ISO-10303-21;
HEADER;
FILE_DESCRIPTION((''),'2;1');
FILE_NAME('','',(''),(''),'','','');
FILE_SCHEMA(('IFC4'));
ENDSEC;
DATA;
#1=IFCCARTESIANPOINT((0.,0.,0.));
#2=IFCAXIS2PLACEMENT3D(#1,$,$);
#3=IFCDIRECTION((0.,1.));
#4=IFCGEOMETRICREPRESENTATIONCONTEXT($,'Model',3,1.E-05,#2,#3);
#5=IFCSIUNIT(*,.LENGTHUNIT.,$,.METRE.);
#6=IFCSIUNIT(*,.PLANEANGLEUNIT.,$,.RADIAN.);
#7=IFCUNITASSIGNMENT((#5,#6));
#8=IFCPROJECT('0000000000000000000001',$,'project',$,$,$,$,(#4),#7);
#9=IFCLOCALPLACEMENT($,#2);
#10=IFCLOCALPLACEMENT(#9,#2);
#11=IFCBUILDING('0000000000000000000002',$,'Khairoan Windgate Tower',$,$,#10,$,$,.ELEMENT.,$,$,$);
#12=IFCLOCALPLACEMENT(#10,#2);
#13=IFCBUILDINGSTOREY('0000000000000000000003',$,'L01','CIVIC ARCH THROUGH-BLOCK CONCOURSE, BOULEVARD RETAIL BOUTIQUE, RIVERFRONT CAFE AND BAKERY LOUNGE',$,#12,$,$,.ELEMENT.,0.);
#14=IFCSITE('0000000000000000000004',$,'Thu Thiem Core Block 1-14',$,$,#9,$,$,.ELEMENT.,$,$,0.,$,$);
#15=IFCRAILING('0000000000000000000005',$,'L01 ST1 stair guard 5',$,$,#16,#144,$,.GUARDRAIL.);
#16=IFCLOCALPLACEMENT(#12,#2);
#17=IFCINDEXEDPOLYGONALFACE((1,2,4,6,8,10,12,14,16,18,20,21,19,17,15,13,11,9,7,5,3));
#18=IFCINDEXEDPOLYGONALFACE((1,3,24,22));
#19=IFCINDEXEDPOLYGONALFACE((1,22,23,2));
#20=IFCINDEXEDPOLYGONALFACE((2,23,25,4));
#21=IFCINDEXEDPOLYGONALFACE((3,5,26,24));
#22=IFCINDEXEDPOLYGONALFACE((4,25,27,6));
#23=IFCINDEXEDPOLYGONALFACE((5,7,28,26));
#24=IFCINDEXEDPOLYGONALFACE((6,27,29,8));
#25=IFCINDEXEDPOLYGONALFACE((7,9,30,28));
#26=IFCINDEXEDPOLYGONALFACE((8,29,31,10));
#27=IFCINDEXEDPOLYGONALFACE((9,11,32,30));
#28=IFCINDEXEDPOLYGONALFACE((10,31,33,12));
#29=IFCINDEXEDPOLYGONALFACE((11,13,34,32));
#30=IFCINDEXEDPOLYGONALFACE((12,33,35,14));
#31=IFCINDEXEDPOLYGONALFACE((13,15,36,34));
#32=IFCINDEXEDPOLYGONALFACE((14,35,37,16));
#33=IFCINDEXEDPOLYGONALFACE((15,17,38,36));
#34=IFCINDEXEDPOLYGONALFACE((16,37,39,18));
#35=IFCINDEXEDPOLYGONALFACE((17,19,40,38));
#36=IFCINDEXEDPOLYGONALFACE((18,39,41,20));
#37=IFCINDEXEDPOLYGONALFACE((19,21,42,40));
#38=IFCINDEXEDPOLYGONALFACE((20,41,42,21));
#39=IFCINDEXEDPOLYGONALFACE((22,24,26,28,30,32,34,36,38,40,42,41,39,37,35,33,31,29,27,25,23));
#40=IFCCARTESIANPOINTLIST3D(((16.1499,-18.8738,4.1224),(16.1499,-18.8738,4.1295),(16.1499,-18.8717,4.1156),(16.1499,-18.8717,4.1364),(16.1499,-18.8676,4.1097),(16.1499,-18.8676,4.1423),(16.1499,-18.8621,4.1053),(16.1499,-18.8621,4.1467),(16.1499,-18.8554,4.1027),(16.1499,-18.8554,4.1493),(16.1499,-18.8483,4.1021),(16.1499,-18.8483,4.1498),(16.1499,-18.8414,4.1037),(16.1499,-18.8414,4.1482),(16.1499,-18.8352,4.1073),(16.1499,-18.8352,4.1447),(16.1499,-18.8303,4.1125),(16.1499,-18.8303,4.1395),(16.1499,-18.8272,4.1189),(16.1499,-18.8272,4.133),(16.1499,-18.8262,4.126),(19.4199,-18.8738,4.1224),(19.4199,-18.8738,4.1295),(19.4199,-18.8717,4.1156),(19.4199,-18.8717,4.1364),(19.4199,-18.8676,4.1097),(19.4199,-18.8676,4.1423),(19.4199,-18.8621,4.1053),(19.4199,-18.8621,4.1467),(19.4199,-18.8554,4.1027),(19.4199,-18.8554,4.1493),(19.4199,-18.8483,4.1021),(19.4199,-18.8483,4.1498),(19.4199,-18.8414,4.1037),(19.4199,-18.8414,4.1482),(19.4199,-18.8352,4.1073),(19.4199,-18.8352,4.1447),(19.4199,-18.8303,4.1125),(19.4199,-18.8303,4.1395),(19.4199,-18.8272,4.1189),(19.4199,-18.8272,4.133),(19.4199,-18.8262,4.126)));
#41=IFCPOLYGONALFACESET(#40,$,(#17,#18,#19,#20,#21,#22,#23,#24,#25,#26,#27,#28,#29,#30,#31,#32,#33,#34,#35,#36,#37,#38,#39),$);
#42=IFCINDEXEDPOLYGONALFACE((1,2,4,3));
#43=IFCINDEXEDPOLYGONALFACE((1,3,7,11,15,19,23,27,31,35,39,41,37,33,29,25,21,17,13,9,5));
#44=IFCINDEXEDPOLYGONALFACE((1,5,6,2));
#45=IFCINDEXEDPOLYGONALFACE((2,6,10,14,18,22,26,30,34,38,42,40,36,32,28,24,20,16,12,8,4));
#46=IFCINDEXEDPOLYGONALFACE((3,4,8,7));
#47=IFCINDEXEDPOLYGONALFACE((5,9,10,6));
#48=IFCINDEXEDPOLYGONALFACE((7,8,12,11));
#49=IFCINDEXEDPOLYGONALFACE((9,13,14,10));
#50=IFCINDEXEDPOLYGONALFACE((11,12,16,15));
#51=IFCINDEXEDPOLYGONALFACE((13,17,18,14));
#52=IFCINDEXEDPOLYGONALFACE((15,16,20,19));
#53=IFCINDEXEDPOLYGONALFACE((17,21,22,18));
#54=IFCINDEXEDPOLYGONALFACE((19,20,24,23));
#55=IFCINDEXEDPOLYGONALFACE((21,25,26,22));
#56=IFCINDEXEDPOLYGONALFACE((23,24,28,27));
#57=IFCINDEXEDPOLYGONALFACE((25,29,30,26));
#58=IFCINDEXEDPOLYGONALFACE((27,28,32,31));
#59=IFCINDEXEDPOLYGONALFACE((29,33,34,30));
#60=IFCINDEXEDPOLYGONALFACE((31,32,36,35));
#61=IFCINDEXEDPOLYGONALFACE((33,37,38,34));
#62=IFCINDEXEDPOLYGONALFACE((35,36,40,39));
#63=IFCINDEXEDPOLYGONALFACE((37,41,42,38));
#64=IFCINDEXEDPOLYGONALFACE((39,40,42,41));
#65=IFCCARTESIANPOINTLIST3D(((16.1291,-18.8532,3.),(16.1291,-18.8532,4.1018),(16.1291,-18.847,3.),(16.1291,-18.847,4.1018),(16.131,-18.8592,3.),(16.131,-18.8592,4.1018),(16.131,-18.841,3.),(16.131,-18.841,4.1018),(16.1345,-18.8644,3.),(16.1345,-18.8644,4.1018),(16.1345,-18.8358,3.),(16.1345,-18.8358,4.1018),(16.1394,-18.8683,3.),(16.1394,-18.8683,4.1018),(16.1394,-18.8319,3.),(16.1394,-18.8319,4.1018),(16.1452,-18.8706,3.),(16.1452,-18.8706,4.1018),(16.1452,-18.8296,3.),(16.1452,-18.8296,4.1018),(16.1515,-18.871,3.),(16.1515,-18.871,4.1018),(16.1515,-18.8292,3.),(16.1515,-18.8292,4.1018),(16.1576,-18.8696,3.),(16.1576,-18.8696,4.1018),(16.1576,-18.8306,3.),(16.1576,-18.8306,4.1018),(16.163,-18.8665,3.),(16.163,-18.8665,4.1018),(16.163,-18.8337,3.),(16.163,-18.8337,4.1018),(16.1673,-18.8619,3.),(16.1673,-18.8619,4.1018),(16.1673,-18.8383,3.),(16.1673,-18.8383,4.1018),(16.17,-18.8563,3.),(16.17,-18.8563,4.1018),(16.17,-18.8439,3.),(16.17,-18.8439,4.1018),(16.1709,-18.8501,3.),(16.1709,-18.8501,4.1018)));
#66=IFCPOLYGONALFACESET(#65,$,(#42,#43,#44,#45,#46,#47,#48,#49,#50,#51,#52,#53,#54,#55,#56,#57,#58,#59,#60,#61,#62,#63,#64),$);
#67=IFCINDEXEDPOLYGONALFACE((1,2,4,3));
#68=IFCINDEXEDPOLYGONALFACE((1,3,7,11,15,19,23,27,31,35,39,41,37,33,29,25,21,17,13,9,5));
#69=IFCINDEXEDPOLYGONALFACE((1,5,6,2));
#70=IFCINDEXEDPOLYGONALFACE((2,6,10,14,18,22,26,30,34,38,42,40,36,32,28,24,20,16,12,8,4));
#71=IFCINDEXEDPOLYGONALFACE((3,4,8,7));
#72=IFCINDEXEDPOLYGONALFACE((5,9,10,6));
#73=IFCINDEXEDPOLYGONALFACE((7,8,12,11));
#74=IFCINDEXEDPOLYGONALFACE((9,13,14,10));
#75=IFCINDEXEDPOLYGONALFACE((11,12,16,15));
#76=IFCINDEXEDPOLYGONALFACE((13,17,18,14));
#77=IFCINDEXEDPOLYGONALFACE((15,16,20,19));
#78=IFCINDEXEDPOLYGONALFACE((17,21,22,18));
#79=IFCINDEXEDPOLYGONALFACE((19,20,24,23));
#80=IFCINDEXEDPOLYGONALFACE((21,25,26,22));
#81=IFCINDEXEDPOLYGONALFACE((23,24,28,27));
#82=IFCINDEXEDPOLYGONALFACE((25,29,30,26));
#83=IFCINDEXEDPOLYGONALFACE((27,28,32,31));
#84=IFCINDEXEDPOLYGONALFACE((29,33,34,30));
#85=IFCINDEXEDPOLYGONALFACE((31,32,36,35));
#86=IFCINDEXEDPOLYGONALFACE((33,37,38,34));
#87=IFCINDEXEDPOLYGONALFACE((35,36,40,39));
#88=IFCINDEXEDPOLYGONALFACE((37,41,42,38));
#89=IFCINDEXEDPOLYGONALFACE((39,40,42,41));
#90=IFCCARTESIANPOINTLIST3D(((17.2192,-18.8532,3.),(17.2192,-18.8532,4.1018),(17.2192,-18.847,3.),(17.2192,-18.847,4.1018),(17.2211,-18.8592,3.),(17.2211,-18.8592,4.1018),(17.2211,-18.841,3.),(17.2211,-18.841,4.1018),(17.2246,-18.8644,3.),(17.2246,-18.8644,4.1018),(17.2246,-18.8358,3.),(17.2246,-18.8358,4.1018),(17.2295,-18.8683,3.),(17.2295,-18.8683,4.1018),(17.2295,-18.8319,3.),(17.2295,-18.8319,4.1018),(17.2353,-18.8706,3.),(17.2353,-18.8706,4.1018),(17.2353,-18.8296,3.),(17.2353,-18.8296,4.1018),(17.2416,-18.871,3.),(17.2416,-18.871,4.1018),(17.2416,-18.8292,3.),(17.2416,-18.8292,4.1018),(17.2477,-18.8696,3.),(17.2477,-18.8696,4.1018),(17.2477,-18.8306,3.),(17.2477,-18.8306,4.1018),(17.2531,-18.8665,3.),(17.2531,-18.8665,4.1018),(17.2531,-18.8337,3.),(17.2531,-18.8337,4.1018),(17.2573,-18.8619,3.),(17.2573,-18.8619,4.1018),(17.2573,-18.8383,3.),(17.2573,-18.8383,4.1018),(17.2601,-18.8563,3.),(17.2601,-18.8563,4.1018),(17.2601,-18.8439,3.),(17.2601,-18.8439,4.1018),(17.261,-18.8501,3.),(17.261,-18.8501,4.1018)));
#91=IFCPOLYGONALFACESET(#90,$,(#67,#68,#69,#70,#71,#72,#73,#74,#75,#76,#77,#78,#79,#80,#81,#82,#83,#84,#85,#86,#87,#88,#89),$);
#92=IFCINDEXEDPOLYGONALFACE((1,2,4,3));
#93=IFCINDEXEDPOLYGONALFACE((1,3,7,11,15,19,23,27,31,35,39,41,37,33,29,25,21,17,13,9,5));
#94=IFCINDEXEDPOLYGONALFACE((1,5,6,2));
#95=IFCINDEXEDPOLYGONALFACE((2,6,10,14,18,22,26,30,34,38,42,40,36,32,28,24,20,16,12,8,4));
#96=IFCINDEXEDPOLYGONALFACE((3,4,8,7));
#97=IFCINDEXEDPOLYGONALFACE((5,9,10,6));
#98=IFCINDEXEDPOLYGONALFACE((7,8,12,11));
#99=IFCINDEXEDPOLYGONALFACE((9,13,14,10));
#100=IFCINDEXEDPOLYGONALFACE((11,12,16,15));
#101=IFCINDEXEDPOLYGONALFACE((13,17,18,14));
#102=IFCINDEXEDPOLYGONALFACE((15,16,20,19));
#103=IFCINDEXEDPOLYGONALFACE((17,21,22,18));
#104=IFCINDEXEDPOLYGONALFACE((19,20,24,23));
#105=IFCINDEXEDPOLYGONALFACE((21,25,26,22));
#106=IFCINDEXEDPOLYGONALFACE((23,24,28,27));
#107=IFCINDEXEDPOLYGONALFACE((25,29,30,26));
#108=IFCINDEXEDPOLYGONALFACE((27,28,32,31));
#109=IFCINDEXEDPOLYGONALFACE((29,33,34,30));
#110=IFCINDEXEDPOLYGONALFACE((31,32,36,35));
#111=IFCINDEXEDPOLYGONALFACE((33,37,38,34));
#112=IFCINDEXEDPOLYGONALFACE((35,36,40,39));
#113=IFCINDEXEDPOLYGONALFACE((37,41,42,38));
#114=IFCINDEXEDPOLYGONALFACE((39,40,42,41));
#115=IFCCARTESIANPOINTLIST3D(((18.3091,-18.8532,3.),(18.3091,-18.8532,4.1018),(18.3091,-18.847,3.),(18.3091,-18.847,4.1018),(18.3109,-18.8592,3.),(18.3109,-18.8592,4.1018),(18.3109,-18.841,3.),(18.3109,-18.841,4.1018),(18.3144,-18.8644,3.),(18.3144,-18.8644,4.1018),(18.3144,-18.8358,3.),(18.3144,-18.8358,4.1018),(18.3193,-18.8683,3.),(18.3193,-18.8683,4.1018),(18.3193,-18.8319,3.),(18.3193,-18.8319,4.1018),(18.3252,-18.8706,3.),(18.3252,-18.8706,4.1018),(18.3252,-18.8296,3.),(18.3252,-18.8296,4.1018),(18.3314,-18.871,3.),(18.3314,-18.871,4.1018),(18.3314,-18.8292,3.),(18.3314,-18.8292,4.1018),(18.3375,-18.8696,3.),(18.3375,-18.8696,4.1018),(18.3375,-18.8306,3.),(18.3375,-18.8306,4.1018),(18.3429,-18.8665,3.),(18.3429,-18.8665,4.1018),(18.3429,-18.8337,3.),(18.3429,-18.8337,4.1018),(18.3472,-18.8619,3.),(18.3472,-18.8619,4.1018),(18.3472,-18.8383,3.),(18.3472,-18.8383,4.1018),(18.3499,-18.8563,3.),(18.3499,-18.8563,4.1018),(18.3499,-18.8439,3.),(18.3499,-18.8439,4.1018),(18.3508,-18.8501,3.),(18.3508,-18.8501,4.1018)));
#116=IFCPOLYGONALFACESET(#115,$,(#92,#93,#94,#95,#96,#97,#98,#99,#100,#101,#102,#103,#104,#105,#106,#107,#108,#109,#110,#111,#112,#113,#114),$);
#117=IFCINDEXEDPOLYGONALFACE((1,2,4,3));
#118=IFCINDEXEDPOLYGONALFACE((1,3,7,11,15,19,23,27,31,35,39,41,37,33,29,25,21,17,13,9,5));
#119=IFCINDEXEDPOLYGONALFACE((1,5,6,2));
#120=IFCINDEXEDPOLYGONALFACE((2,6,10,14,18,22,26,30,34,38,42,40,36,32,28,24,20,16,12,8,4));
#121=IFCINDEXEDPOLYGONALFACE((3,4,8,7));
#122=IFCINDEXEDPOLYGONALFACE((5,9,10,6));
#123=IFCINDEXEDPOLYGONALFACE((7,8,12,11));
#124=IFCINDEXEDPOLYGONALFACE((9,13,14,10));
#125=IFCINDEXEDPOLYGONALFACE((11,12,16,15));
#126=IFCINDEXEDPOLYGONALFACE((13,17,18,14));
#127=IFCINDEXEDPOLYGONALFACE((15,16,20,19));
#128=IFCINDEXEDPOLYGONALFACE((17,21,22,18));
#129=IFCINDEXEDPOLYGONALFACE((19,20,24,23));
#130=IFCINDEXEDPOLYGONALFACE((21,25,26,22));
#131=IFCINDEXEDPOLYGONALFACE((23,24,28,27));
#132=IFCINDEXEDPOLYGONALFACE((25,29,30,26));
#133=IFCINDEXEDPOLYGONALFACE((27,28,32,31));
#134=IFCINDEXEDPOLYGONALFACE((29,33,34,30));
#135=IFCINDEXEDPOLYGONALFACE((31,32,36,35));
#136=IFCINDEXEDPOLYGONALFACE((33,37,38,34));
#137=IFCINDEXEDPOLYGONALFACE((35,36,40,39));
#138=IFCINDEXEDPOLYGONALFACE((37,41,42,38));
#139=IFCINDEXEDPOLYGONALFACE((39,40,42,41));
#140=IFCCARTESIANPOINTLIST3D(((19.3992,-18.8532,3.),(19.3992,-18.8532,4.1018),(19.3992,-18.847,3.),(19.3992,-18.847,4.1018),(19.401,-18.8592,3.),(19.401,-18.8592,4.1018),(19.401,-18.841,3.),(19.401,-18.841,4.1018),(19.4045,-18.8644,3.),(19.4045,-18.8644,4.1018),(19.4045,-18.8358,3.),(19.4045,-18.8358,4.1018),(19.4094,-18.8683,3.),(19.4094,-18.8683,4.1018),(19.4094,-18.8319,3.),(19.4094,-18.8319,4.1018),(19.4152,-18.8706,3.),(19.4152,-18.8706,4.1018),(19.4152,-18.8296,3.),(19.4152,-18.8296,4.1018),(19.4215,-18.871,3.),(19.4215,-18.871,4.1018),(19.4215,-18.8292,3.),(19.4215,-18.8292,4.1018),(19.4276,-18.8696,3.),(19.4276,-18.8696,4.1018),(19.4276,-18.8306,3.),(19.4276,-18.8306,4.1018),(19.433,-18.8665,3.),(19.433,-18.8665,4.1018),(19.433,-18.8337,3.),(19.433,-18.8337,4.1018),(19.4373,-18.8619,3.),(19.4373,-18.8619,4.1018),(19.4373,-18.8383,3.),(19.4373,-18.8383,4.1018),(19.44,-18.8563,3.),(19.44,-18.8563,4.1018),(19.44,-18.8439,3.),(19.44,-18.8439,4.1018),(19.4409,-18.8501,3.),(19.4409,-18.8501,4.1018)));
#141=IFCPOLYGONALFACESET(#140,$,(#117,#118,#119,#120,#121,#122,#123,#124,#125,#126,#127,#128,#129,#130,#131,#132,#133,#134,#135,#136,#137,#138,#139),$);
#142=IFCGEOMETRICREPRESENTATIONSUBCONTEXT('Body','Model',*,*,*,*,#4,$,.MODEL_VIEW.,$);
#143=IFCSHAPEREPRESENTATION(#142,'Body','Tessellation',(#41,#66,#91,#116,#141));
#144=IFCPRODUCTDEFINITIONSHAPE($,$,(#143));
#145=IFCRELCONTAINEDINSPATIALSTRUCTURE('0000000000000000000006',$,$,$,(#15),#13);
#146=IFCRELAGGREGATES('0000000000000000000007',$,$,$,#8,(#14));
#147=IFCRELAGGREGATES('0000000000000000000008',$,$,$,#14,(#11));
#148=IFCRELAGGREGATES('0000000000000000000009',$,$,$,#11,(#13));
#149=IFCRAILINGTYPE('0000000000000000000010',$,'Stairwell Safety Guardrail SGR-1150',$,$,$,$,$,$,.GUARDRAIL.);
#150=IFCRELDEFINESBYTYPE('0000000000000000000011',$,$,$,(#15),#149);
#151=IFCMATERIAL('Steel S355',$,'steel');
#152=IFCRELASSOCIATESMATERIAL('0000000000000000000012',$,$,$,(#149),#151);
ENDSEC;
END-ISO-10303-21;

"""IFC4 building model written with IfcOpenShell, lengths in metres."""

from ifc_helpers import new_model, si_unit, direction, frame, origin, origin_2d, place, context, subcontext, project, spatial, circle, extrude, material, type_object, element, save


model = new_model("IFC4")

# Units and contexts
model_context = context("Model", 3, precision=1e-05, world=origin(), true_north=direction((0.0, 1.0)))
body_context = subcontext(model_context, "Body", "Model", "MODEL_VIEW")
ifc_project = project(units=[si_unit("LENGTHUNIT", "METRE"), si_unit("PLANEANGLEUNIT", "RADIAN")], contexts=[model_context])

# Site, building, storey
site_placement = place(None, origin())
site = spatial("IfcSite", under=ifc_project, at=site_placement, Name="Thu Thiem Core Block 1-14", CompositionType="ELEMENT", RefElevation=0.0)
building_placement = place(site_placement, origin())
building = spatial("IfcBuilding", under=site, at=building_placement, Name="Khairoan Windgate Tower", CompositionType="ELEMENT")
storey_placement = place(building_placement, origin())
storey = spatial("IfcBuildingStorey", under=building, at=storey_placement, Name="L01", Description="CIVIC ARCH THROUGH-BLOCK CONCOURSE, BOULEVARD RETAIL BOUTIQUE, RIVERFRONT CAFE AND BAKERY LOUNGE", CompositionType="ELEMENT", Elevation=0.0)

# Railing
ifc_material_1 = material(Name="Steel S355", Category="steel")
railing_type = type_object("IfcRailingType", Name="Stairwell Safety Guardrail SGR-1150", PredefinedType="GUARDRAIL", material=ifc_material_1)
railing_1_placement = place(storey_placement, frame((16.1499, -18.8501, 3.0)))
element("IfcRailing", 1, at=railing_1_placement, inside=storey, type_object=railing_type, Name="L01 ST1 stair guard 5", PredefinedType="GUARDRAIL", context=body_context, shape_type="SweptSolid", body=[
    extrude(circle(Radius=0.0239, at=origin_2d()), frame((0.0, 0.0, 1.126), z_axis=(1.0, 0.0, 0.0), x_axis=(0.0, 1.0, 0.0)), (0.0, 0.0, 1.0), 3.27),
    extrude(circle(Radius=0.021, at=origin_2d()), origin(), (0.0, 0.0, 1.0), 1.1018),
    extrude(circle(Radius=0.021, at=origin_2d()), frame((1.0901, 0.0, 0.0)), (0.0, 0.0, 1.0), 1.1018),
    extrude(circle(Radius=0.021, at=origin_2d()), frame((2.1799, 0.0, 0.0)), (0.0, 0.0, 1.0), 1.1018),
    extrude(circle(Radius=0.021, at=origin_2d()), frame((3.27, 0.0, 0.0)), (0.0, 0.0, 1.0), 1.1018),
])

save(model, "model.ifc")
